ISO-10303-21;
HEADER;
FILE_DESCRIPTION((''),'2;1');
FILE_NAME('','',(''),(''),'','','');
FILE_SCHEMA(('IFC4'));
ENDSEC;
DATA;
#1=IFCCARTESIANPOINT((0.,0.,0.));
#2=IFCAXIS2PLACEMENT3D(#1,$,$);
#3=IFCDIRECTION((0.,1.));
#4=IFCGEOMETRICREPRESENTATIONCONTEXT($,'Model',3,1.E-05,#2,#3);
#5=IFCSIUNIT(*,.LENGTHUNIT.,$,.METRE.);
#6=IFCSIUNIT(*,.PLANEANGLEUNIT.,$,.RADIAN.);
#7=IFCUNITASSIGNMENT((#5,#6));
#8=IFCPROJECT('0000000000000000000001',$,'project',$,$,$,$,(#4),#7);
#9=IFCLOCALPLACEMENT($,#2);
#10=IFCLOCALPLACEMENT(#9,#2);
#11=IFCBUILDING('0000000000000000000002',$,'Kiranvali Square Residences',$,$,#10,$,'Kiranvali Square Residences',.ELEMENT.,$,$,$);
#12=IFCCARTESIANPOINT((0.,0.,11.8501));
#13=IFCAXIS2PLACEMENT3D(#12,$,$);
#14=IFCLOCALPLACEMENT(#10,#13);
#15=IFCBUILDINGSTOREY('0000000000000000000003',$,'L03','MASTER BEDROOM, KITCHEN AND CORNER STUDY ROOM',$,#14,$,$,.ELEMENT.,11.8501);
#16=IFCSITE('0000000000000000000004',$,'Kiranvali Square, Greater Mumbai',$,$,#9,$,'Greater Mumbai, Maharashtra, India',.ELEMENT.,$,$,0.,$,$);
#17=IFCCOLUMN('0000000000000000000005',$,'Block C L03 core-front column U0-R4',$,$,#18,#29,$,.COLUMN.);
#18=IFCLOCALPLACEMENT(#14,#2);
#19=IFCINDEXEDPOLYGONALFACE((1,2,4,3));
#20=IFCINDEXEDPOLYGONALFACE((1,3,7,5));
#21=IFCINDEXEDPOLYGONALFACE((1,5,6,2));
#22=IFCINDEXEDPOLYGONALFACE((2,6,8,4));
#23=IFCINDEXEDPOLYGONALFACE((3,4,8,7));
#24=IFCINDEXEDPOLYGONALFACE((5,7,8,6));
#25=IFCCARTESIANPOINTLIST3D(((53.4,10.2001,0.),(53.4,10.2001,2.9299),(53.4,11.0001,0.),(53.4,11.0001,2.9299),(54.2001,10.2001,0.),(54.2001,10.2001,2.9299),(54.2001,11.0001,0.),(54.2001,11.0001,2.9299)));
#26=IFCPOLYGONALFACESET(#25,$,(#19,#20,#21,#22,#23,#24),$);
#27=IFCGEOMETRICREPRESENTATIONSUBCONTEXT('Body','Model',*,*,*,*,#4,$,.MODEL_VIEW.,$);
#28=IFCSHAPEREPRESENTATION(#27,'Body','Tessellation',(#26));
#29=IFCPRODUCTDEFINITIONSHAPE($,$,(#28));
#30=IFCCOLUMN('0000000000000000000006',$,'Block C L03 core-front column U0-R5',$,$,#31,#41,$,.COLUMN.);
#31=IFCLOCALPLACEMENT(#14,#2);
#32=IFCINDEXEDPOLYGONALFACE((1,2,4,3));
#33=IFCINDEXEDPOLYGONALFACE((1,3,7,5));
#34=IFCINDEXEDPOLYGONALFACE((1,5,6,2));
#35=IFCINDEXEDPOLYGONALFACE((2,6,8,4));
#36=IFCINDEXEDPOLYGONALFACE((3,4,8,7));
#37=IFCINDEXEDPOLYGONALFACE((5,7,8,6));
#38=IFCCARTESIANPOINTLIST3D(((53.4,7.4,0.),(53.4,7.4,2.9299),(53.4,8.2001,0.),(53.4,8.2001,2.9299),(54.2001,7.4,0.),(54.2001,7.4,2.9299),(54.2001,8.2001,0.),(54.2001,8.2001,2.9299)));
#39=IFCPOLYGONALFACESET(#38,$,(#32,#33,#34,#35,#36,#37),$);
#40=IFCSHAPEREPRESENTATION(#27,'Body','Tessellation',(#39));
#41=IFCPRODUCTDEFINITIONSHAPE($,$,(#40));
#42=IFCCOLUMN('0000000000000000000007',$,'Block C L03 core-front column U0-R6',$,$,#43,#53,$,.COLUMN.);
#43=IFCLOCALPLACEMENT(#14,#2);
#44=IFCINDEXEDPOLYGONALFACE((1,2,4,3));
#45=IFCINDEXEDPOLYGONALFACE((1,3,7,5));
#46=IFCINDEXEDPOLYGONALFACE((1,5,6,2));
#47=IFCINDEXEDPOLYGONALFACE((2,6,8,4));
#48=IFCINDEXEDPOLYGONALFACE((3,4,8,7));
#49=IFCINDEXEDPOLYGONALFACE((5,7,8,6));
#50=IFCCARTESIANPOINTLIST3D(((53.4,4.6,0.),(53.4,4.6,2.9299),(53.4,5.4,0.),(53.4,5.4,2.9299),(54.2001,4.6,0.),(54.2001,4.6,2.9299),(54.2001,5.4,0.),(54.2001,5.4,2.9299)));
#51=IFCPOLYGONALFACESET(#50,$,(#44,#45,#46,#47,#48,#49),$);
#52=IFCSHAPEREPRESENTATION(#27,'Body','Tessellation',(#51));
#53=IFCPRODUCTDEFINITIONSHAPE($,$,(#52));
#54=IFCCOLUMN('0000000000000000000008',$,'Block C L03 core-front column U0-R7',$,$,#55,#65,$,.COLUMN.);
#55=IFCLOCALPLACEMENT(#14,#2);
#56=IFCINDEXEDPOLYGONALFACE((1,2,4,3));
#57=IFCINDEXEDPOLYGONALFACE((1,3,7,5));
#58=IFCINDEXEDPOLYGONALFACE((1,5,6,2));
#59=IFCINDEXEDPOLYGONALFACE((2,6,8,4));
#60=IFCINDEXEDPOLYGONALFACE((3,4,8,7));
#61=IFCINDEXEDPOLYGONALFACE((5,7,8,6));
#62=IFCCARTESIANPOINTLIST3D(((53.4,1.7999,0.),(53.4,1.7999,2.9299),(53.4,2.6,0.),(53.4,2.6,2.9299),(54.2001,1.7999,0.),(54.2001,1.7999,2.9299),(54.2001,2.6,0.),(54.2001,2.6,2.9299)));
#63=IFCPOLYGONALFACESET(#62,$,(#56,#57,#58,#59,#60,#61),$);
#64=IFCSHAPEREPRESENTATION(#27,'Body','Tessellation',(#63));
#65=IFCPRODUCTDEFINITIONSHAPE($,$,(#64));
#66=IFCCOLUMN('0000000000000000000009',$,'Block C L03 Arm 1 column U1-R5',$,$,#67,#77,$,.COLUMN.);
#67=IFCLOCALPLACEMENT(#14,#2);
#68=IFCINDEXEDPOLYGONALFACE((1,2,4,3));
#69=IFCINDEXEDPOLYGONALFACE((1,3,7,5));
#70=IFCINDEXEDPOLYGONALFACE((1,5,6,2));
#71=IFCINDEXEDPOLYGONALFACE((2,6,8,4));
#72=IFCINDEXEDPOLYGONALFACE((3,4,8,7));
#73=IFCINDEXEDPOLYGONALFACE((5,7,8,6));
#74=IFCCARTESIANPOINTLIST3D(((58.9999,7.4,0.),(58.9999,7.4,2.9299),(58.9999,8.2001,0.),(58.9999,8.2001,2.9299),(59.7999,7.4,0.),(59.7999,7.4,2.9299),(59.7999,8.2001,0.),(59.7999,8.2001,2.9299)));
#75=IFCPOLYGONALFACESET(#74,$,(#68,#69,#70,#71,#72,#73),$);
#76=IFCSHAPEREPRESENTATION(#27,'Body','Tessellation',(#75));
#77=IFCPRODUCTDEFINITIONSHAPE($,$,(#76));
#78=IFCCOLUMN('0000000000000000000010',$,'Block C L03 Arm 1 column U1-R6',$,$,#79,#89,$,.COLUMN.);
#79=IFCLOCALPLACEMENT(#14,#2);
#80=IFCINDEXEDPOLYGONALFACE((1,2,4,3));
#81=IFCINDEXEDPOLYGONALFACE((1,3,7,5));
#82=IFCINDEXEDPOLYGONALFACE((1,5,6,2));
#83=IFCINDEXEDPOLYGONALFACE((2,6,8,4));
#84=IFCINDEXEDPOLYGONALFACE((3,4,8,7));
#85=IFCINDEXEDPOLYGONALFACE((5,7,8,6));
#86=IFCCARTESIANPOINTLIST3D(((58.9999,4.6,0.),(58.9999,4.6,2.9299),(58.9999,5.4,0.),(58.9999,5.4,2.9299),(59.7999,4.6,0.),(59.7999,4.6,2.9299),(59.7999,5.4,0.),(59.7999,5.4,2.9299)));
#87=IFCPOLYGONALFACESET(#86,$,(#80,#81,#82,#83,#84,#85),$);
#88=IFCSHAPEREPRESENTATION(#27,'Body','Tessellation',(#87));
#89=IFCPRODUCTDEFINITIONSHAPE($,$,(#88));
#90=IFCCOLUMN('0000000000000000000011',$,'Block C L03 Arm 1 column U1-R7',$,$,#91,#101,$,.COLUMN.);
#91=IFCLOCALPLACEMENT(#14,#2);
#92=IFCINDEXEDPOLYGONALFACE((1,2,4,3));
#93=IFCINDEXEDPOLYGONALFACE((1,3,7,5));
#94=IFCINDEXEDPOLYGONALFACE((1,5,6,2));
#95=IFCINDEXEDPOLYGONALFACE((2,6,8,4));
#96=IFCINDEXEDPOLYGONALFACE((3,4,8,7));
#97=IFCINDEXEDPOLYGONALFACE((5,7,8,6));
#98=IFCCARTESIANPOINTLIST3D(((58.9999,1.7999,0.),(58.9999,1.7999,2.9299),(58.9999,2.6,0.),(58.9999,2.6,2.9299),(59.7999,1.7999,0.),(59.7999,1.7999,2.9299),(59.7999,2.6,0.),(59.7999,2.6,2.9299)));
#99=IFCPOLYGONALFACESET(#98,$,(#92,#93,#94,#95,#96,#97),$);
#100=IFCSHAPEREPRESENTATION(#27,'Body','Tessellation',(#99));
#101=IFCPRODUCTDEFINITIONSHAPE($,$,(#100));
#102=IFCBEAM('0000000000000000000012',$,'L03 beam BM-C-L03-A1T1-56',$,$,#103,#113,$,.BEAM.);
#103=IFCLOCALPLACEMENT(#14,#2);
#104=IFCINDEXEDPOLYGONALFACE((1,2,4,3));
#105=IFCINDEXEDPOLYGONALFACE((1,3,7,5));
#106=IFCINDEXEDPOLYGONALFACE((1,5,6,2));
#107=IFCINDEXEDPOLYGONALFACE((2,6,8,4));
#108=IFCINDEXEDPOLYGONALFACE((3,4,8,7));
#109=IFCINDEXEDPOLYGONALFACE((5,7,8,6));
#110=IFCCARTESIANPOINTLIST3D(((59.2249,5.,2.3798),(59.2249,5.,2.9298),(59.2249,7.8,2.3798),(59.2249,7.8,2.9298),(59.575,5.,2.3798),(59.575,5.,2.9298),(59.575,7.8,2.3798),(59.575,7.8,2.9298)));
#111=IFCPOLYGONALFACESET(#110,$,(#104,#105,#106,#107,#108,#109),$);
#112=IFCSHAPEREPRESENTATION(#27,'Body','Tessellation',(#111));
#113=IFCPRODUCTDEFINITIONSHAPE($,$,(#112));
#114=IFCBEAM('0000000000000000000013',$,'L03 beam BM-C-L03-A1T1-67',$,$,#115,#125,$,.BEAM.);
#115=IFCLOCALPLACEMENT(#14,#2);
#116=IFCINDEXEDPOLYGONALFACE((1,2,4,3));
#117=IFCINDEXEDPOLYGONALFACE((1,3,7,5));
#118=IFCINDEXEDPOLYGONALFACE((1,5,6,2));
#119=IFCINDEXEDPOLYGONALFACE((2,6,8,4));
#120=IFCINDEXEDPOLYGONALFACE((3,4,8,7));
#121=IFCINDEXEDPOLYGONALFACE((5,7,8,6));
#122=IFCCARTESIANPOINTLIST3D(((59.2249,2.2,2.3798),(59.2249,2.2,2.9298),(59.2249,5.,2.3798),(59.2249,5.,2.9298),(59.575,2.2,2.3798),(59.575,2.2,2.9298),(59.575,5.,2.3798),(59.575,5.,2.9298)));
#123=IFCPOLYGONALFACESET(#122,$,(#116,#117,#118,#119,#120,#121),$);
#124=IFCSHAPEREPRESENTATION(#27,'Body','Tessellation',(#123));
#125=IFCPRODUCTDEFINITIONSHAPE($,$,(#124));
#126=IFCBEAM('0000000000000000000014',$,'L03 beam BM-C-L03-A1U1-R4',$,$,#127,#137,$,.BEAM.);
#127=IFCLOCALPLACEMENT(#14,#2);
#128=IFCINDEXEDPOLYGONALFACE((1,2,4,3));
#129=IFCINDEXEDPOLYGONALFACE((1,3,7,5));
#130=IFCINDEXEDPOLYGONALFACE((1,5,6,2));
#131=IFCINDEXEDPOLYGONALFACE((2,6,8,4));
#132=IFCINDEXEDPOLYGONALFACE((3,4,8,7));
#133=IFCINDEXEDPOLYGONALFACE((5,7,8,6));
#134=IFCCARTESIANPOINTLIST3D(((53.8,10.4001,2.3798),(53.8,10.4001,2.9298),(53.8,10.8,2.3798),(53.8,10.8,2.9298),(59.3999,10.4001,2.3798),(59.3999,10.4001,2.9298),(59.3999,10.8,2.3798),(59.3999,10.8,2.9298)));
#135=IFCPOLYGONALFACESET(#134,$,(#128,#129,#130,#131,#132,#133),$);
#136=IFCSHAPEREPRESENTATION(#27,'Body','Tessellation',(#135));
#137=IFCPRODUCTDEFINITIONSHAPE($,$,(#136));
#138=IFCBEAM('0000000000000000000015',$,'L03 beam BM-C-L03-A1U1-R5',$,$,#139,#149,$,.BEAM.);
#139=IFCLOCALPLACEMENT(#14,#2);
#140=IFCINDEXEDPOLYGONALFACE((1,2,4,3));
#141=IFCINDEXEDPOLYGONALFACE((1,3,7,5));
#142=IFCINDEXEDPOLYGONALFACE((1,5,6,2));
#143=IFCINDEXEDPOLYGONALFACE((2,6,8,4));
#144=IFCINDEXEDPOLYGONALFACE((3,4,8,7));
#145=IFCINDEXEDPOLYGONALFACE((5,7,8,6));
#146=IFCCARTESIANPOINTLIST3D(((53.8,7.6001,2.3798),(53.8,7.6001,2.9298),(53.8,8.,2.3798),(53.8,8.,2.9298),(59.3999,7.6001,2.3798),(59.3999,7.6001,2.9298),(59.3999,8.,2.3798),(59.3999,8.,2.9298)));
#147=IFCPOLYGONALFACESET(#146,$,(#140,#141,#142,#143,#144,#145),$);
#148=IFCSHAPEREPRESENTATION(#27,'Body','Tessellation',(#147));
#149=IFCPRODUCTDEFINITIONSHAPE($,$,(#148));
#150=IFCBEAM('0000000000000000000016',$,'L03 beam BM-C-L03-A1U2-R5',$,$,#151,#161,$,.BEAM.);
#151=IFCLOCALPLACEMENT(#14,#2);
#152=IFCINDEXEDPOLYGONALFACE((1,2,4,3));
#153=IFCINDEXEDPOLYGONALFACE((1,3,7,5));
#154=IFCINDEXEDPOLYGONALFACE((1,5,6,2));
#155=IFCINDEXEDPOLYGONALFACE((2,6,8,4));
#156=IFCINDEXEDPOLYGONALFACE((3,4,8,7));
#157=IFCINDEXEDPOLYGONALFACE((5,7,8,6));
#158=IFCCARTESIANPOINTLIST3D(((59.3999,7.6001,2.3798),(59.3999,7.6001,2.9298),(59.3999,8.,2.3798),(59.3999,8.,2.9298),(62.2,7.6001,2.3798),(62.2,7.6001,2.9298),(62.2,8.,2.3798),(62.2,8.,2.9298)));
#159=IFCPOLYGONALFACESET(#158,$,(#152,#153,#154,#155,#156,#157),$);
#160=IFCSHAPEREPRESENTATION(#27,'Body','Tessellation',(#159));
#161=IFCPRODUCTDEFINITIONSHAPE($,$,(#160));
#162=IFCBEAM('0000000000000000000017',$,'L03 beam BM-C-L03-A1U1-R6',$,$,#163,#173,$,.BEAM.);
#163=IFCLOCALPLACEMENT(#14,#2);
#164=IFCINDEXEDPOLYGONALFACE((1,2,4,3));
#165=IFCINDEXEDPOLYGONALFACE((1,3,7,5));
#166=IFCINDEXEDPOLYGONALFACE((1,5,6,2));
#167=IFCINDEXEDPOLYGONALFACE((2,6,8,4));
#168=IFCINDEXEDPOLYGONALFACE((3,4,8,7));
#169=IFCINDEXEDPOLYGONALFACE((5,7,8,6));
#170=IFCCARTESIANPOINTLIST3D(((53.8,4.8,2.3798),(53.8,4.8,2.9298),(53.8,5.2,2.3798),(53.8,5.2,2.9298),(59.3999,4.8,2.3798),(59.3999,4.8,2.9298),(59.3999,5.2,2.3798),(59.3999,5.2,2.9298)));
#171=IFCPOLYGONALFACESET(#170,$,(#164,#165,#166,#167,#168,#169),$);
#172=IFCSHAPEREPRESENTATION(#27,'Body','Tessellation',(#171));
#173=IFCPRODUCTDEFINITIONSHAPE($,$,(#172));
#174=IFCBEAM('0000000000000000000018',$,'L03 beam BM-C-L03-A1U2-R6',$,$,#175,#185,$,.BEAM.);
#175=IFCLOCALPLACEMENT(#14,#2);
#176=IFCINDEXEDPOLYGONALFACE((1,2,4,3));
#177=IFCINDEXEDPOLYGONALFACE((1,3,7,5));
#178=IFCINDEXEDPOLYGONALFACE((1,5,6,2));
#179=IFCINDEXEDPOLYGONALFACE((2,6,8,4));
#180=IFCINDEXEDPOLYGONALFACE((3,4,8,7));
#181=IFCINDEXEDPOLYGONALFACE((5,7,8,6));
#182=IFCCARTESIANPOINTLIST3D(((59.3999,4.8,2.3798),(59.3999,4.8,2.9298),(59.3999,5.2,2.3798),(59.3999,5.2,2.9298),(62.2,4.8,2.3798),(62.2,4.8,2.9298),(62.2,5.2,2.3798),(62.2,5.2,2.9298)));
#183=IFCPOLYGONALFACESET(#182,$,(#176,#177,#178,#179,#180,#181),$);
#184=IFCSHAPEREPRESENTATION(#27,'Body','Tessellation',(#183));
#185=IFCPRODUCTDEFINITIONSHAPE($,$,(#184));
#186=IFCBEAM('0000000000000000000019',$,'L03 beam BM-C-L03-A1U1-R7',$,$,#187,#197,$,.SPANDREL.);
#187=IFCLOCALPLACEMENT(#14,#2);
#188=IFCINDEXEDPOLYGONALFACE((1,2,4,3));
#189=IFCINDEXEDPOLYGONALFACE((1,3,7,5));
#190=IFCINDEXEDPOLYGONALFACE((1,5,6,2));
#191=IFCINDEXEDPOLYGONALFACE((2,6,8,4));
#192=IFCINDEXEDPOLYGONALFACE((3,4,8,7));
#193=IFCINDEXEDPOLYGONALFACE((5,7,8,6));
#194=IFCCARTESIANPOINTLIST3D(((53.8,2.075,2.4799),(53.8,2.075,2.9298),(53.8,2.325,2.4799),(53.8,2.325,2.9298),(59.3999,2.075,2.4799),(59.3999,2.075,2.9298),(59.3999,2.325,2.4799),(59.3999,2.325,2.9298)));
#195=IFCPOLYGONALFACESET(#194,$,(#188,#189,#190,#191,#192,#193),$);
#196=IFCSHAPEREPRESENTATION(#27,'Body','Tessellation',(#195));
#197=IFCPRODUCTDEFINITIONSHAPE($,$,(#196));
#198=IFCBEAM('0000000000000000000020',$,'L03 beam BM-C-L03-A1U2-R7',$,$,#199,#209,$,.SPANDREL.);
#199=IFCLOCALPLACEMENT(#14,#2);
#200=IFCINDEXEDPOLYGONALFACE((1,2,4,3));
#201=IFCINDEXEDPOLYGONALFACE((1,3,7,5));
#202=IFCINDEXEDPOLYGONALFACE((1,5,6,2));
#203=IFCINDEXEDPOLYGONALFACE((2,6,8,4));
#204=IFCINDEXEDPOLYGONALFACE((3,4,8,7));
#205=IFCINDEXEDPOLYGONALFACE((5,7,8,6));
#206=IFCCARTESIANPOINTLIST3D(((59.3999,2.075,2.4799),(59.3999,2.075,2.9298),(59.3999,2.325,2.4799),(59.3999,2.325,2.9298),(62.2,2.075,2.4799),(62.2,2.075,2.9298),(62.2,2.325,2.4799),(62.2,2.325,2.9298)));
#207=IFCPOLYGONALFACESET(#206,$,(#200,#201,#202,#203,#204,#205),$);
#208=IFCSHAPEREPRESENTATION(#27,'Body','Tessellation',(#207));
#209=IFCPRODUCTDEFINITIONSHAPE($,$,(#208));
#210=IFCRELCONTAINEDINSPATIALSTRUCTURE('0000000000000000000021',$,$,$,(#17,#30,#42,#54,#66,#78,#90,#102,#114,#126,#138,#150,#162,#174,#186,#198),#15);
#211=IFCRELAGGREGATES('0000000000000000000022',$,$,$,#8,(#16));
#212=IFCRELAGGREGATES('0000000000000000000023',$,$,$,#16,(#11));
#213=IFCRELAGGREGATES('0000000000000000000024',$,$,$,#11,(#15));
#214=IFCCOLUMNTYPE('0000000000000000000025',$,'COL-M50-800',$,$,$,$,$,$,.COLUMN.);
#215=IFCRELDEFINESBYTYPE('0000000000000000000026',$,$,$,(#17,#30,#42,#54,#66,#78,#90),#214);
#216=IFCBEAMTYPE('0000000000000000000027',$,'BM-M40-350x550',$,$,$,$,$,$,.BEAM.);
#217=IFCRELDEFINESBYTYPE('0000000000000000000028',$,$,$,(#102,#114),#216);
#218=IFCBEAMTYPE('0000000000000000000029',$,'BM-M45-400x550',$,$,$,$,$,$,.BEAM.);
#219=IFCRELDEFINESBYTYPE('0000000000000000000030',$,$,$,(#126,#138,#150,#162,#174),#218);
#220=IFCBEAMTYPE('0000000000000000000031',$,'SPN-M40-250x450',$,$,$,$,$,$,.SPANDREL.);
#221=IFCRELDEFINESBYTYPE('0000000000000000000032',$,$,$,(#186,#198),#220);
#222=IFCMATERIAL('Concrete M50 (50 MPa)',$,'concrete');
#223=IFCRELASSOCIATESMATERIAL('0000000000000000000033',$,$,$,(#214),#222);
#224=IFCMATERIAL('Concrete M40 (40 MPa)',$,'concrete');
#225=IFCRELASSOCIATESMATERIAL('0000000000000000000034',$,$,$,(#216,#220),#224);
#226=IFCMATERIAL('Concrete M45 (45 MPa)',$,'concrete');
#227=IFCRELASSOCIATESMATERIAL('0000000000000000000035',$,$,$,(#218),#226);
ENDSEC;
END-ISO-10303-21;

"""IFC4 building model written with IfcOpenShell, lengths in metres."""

from ifc_helpers import new_model, si_unit, direction, frame, origin, origin_2d, place, context, subcontext, project, spatial, rectangle, extrude, material, material_profile, profile_set, type_object, element, save


model = new_model("IFC4")

# Units and contexts
model_context = context("Model", 3, precision=1e-05, world=origin(), true_north=direction((0.0, 1.0)))
body_context = subcontext(model_context, "Body", "Model", "MODEL_VIEW")
ifc_project = project(units=[si_unit("LENGTHUNIT", "METRE"), si_unit("PLANEANGLEUNIT", "RADIAN")], contexts=[model_context])

# Site, building, storey
site_placement = place(None, origin())
site = spatial("IfcSite", under=ifc_project, at=site_placement, Name="Kiranvali Square, Greater Mumbai", LongName="Greater Mumbai, Maharashtra, India", CompositionType="ELEMENT", RefElevation=0.0)
building_placement = place(site_placement, origin())
building = spatial("IfcBuilding", under=site, at=building_placement, Name="Kiranvali Square Residences", LongName="Kiranvali Square Residences", CompositionType="ELEMENT")
storey_placement = place(building_placement, frame((0.0, 0.0, 11.8501)))
storey = spatial("IfcBuildingStorey", under=building, at=storey_placement, Name="L03", Description="MASTER BEDROOM, KITCHEN AND CORNER STUDY ROOM", CompositionType="ELEMENT", Elevation=11.8501)

# Columns
ifc_material_1 = material(Name="Concrete M50 (50 MPa)", Category="concrete")
ifc_material_profile_1 = material_profile(ifc_material_1, rectangle(XDim=0.8, YDim=0.8, at=origin_2d()), Name="RC 800x800")
ifc_profile_set_1 = profile_set([ifc_material_profile_1], Name="Concrete M50 (50 MPa)")
column_type = type_object("IfcColumnType", Name="COL-M50-800", PredefinedType="COLUMN", material=ifc_profile_set_1)
for number, where, z_axis, x_axis, name in (
    (1, (53.8, 10.6001, 0.0), (0.0, 0.0, 1.0), (1.0, 0.0, 0.0), "Block C L03 core-front column U0-R4"),
    (2, (53.8, 7.8, 0.0), (0.0, 0.0, 1.0), (1.0, 0.0, 0.0), "Block C L03 core-front column U0-R5"),
    (3, (53.8, 5.0, 0.0), (0.0, 0.0, 1.0), (1.0, 0.0, 0.0), "Block C L03 core-front column U0-R6"),
    (4, (53.8, 2.2, 0.0), (0.0, 0.0, 1.0), (1.0, 0.0, 0.0), "Block C L03 core-front column U0-R7"),
    (5, (59.3999, 7.8, 0.0), (0.0, 0.0, 1.0), (1.0, 0.0, 0.0), "Block C L03 Arm 1 column U1-R5"),
    (6, (59.3999, 5.0, 0.0), (0.0, 0.0, 1.0), (1.0, 0.0, 0.0), "Block C L03 Arm 1 column U1-R6"),
    (7, (59.3999, 2.2, 0.0), (0.0, 0.0, 1.0), (1.0, 0.0, 0.0), "Block C L03 Arm 1 column U1-R7"),
):
    element("IfcColumn", number, at=place(storey_placement, frame(where, z_axis=z_axis, x_axis=x_axis)), inside=storey, type_object=column_type, Name=name, PredefinedType="COLUMN", context=body_context, shape_type="SweptSolid", body=[
        extrude(rectangle(XDim=0.8, YDim=0.8, at=origin_2d()), origin(), (0.0, 0.0, 1.0), 2.9299),
    ])

# Beams
ifc_material_2 = material(Name="Concrete M40 (40 MPa)", Category="concrete")
ifc_material_profile_2 = material_profile(ifc_material_2, rectangle(XDim=0.3501, YDim=0.55, at=origin_2d()), Name="RC 350x550")
ifc_profile_set_2 = profile_set([ifc_material_profile_2], Name="Concrete M40 (40 MPa)")
beam_type_1 = type_object("IfcBeamType", Name="BM-M40-350x550", PredefinedType="BEAM", material=ifc_profile_set_2)
for number, where, z_axis, x_axis, name in (
    (8, (59.3999, 7.8, 2.6548), (0.0, -1.0, 0.0), (1.0, 0.0, 0.0), "L03 beam BM-C-L03-A1T1-56"),
    (9, (59.3999, 5.0, 2.6548), (0.0, -1.0, 0.0), (1.0, 0.0, 0.0), "L03 beam BM-C-L03-A1T1-67"),
):
    element("IfcBeam", number, at=place(storey_placement, frame(where, z_axis=z_axis, x_axis=x_axis)), inside=storey, type_object=beam_type_1, Name=name, PredefinedType="BEAM", context=body_context, shape_type="SweptSolid", body=[
        extrude(rectangle(XDim=0.3501, YDim=0.55, at=origin_2d()), origin(), (0.0, 0.0, 1.0), 2.8),
    ])
ifc_material_3 = material(Name="Concrete M45 (45 MPa)", Category="concrete")
ifc_material_profile_3 = material_profile(ifc_material_3, rectangle(XDim=0.3999, YDim=0.55, at=origin_2d()), Name="RC 400x550")
ifc_profile_set_3 = profile_set([ifc_material_profile_3], Name="Concrete M45 (45 MPa)")
beam_type_2 = type_object("IfcBeamType", Name="BM-M45-400x550", PredefinedType="BEAM", material=ifc_profile_set_3)
for number, where, z_axis, x_axis, name in (
    (10, (53.8, 10.6001, 2.6548), (1.0, 0.0, 0.0), (0.0, 1.0, 0.0), "L03 beam BM-C-L03-A1U1-R4"),
    (11, (53.8, 7.8, 2.6548), (1.0, 0.0, 0.0), (0.0, 1.0, 0.0), "L03 beam BM-C-L03-A1U1-R5"),
):
    element("IfcBeam", number, at=place(storey_placement, frame(where, z_axis=z_axis, x_axis=x_axis)), inside=storey, type_object=beam_type_2, Name=name, PredefinedType="BEAM", context=body_context, shape_type="SweptSolid", body=[
        extrude(rectangle(XDim=0.3999, YDim=0.55, at=origin_2d()), origin(), (0.0, 0.0, 1.0), 5.5999),
    ])
beam_1_placement = place(storey_placement, frame((59.3999, 7.8, 2.6548), z_axis=(1.0, 0.0, 0.0), x_axis=(0.0, 1.0, 0.0)))
element("IfcBeam", 12, at=beam_1_placement, inside=storey, type_object=beam_type_2, Name="L03 beam BM-C-L03-A1U2-R5", PredefinedType="BEAM", context=body_context, shape_type="SweptSolid", body=[
    extrude(rectangle(XDim=0.3999, YDim=0.55, at=origin_2d()), origin(), (0.0, 0.0, 1.0), 2.8),
])
beam_2_placement = place(storey_placement, frame((53.8, 5.0, 2.6548), z_axis=(1.0, 0.0, 0.0), x_axis=(0.0, 1.0, 0.0)))
element("IfcBeam", 13, at=beam_2_placement, inside=storey, type_object=beam_type_2, Name="L03 beam BM-C-L03-A1U1-R6", PredefinedType="BEAM", context=body_context, shape_type="SweptSolid", body=[
    extrude(rectangle(XDim=0.3999, YDim=0.55, at=origin_2d()), origin(), (0.0, 0.0, 1.0), 5.5999),
])
beam_3_placement = place(storey_placement, frame((59.3999, 5.0, 2.6548), z_axis=(1.0, 0.0, 0.0), x_axis=(0.0, 1.0, 0.0)))
element("IfcBeam", 14, at=beam_3_placement, inside=storey, type_object=beam_type_2, Name="L03 beam BM-C-L03-A1U2-R6", PredefinedType="BEAM", context=body_context, shape_type="SweptSolid", body=[
    extrude(rectangle(XDim=0.3999, YDim=0.55, at=origin_2d()), origin(), (0.0, 0.0, 1.0), 2.8),
])
ifc_material_profile_4 = material_profile(ifc_material_2, rectangle(XDim=0.25, YDim=0.45, at=origin_2d()), Name="RC 250x450")
ifc_profile_set_4 = profile_set([ifc_material_profile_4], Name="Concrete M40 (40 MPa)")
beam_type_3 = type_object("IfcBeamType", Name="SPN-M40-250x450", PredefinedType="SPANDREL", material=ifc_profile_set_4)
beam_4_placement = place(storey_placement, frame((53.8, 2.2, 2.7048), z_axis=(1.0, 0.0, 0.0), x_axis=(0.0, 1.0, 0.0)))
element("IfcBeam", 15, at=beam_4_placement, inside=storey, type_object=beam_type_3, Name="L03 beam BM-C-L03-A1U1-R7", PredefinedType="SPANDREL", context=body_context, shape_type="SweptSolid", body=[
    extrude(rectangle(XDim=0.25, YDim=0.45, at=origin_2d()), origin(), (0.0, 0.0, 1.0), 5.5999),
])
beam_5_placement = place(storey_placement, frame((59.3999, 2.2, 2.7048), z_axis=(1.0, 0.0, 0.0), x_axis=(0.0, 1.0, 0.0)))
element("IfcBeam", 16, at=beam_5_placement, inside=storey, type_object=beam_type_3, Name="L03 beam BM-C-L03-A1U2-R7", PredefinedType="SPANDREL", context=body_context, shape_type="SweptSolid", body=[
    extrude(rectangle(XDim=0.25, YDim=0.45, at=origin_2d()), origin(), (0.0, 0.0, 1.0), 2.8),
])

save(model, "model.ifc")
